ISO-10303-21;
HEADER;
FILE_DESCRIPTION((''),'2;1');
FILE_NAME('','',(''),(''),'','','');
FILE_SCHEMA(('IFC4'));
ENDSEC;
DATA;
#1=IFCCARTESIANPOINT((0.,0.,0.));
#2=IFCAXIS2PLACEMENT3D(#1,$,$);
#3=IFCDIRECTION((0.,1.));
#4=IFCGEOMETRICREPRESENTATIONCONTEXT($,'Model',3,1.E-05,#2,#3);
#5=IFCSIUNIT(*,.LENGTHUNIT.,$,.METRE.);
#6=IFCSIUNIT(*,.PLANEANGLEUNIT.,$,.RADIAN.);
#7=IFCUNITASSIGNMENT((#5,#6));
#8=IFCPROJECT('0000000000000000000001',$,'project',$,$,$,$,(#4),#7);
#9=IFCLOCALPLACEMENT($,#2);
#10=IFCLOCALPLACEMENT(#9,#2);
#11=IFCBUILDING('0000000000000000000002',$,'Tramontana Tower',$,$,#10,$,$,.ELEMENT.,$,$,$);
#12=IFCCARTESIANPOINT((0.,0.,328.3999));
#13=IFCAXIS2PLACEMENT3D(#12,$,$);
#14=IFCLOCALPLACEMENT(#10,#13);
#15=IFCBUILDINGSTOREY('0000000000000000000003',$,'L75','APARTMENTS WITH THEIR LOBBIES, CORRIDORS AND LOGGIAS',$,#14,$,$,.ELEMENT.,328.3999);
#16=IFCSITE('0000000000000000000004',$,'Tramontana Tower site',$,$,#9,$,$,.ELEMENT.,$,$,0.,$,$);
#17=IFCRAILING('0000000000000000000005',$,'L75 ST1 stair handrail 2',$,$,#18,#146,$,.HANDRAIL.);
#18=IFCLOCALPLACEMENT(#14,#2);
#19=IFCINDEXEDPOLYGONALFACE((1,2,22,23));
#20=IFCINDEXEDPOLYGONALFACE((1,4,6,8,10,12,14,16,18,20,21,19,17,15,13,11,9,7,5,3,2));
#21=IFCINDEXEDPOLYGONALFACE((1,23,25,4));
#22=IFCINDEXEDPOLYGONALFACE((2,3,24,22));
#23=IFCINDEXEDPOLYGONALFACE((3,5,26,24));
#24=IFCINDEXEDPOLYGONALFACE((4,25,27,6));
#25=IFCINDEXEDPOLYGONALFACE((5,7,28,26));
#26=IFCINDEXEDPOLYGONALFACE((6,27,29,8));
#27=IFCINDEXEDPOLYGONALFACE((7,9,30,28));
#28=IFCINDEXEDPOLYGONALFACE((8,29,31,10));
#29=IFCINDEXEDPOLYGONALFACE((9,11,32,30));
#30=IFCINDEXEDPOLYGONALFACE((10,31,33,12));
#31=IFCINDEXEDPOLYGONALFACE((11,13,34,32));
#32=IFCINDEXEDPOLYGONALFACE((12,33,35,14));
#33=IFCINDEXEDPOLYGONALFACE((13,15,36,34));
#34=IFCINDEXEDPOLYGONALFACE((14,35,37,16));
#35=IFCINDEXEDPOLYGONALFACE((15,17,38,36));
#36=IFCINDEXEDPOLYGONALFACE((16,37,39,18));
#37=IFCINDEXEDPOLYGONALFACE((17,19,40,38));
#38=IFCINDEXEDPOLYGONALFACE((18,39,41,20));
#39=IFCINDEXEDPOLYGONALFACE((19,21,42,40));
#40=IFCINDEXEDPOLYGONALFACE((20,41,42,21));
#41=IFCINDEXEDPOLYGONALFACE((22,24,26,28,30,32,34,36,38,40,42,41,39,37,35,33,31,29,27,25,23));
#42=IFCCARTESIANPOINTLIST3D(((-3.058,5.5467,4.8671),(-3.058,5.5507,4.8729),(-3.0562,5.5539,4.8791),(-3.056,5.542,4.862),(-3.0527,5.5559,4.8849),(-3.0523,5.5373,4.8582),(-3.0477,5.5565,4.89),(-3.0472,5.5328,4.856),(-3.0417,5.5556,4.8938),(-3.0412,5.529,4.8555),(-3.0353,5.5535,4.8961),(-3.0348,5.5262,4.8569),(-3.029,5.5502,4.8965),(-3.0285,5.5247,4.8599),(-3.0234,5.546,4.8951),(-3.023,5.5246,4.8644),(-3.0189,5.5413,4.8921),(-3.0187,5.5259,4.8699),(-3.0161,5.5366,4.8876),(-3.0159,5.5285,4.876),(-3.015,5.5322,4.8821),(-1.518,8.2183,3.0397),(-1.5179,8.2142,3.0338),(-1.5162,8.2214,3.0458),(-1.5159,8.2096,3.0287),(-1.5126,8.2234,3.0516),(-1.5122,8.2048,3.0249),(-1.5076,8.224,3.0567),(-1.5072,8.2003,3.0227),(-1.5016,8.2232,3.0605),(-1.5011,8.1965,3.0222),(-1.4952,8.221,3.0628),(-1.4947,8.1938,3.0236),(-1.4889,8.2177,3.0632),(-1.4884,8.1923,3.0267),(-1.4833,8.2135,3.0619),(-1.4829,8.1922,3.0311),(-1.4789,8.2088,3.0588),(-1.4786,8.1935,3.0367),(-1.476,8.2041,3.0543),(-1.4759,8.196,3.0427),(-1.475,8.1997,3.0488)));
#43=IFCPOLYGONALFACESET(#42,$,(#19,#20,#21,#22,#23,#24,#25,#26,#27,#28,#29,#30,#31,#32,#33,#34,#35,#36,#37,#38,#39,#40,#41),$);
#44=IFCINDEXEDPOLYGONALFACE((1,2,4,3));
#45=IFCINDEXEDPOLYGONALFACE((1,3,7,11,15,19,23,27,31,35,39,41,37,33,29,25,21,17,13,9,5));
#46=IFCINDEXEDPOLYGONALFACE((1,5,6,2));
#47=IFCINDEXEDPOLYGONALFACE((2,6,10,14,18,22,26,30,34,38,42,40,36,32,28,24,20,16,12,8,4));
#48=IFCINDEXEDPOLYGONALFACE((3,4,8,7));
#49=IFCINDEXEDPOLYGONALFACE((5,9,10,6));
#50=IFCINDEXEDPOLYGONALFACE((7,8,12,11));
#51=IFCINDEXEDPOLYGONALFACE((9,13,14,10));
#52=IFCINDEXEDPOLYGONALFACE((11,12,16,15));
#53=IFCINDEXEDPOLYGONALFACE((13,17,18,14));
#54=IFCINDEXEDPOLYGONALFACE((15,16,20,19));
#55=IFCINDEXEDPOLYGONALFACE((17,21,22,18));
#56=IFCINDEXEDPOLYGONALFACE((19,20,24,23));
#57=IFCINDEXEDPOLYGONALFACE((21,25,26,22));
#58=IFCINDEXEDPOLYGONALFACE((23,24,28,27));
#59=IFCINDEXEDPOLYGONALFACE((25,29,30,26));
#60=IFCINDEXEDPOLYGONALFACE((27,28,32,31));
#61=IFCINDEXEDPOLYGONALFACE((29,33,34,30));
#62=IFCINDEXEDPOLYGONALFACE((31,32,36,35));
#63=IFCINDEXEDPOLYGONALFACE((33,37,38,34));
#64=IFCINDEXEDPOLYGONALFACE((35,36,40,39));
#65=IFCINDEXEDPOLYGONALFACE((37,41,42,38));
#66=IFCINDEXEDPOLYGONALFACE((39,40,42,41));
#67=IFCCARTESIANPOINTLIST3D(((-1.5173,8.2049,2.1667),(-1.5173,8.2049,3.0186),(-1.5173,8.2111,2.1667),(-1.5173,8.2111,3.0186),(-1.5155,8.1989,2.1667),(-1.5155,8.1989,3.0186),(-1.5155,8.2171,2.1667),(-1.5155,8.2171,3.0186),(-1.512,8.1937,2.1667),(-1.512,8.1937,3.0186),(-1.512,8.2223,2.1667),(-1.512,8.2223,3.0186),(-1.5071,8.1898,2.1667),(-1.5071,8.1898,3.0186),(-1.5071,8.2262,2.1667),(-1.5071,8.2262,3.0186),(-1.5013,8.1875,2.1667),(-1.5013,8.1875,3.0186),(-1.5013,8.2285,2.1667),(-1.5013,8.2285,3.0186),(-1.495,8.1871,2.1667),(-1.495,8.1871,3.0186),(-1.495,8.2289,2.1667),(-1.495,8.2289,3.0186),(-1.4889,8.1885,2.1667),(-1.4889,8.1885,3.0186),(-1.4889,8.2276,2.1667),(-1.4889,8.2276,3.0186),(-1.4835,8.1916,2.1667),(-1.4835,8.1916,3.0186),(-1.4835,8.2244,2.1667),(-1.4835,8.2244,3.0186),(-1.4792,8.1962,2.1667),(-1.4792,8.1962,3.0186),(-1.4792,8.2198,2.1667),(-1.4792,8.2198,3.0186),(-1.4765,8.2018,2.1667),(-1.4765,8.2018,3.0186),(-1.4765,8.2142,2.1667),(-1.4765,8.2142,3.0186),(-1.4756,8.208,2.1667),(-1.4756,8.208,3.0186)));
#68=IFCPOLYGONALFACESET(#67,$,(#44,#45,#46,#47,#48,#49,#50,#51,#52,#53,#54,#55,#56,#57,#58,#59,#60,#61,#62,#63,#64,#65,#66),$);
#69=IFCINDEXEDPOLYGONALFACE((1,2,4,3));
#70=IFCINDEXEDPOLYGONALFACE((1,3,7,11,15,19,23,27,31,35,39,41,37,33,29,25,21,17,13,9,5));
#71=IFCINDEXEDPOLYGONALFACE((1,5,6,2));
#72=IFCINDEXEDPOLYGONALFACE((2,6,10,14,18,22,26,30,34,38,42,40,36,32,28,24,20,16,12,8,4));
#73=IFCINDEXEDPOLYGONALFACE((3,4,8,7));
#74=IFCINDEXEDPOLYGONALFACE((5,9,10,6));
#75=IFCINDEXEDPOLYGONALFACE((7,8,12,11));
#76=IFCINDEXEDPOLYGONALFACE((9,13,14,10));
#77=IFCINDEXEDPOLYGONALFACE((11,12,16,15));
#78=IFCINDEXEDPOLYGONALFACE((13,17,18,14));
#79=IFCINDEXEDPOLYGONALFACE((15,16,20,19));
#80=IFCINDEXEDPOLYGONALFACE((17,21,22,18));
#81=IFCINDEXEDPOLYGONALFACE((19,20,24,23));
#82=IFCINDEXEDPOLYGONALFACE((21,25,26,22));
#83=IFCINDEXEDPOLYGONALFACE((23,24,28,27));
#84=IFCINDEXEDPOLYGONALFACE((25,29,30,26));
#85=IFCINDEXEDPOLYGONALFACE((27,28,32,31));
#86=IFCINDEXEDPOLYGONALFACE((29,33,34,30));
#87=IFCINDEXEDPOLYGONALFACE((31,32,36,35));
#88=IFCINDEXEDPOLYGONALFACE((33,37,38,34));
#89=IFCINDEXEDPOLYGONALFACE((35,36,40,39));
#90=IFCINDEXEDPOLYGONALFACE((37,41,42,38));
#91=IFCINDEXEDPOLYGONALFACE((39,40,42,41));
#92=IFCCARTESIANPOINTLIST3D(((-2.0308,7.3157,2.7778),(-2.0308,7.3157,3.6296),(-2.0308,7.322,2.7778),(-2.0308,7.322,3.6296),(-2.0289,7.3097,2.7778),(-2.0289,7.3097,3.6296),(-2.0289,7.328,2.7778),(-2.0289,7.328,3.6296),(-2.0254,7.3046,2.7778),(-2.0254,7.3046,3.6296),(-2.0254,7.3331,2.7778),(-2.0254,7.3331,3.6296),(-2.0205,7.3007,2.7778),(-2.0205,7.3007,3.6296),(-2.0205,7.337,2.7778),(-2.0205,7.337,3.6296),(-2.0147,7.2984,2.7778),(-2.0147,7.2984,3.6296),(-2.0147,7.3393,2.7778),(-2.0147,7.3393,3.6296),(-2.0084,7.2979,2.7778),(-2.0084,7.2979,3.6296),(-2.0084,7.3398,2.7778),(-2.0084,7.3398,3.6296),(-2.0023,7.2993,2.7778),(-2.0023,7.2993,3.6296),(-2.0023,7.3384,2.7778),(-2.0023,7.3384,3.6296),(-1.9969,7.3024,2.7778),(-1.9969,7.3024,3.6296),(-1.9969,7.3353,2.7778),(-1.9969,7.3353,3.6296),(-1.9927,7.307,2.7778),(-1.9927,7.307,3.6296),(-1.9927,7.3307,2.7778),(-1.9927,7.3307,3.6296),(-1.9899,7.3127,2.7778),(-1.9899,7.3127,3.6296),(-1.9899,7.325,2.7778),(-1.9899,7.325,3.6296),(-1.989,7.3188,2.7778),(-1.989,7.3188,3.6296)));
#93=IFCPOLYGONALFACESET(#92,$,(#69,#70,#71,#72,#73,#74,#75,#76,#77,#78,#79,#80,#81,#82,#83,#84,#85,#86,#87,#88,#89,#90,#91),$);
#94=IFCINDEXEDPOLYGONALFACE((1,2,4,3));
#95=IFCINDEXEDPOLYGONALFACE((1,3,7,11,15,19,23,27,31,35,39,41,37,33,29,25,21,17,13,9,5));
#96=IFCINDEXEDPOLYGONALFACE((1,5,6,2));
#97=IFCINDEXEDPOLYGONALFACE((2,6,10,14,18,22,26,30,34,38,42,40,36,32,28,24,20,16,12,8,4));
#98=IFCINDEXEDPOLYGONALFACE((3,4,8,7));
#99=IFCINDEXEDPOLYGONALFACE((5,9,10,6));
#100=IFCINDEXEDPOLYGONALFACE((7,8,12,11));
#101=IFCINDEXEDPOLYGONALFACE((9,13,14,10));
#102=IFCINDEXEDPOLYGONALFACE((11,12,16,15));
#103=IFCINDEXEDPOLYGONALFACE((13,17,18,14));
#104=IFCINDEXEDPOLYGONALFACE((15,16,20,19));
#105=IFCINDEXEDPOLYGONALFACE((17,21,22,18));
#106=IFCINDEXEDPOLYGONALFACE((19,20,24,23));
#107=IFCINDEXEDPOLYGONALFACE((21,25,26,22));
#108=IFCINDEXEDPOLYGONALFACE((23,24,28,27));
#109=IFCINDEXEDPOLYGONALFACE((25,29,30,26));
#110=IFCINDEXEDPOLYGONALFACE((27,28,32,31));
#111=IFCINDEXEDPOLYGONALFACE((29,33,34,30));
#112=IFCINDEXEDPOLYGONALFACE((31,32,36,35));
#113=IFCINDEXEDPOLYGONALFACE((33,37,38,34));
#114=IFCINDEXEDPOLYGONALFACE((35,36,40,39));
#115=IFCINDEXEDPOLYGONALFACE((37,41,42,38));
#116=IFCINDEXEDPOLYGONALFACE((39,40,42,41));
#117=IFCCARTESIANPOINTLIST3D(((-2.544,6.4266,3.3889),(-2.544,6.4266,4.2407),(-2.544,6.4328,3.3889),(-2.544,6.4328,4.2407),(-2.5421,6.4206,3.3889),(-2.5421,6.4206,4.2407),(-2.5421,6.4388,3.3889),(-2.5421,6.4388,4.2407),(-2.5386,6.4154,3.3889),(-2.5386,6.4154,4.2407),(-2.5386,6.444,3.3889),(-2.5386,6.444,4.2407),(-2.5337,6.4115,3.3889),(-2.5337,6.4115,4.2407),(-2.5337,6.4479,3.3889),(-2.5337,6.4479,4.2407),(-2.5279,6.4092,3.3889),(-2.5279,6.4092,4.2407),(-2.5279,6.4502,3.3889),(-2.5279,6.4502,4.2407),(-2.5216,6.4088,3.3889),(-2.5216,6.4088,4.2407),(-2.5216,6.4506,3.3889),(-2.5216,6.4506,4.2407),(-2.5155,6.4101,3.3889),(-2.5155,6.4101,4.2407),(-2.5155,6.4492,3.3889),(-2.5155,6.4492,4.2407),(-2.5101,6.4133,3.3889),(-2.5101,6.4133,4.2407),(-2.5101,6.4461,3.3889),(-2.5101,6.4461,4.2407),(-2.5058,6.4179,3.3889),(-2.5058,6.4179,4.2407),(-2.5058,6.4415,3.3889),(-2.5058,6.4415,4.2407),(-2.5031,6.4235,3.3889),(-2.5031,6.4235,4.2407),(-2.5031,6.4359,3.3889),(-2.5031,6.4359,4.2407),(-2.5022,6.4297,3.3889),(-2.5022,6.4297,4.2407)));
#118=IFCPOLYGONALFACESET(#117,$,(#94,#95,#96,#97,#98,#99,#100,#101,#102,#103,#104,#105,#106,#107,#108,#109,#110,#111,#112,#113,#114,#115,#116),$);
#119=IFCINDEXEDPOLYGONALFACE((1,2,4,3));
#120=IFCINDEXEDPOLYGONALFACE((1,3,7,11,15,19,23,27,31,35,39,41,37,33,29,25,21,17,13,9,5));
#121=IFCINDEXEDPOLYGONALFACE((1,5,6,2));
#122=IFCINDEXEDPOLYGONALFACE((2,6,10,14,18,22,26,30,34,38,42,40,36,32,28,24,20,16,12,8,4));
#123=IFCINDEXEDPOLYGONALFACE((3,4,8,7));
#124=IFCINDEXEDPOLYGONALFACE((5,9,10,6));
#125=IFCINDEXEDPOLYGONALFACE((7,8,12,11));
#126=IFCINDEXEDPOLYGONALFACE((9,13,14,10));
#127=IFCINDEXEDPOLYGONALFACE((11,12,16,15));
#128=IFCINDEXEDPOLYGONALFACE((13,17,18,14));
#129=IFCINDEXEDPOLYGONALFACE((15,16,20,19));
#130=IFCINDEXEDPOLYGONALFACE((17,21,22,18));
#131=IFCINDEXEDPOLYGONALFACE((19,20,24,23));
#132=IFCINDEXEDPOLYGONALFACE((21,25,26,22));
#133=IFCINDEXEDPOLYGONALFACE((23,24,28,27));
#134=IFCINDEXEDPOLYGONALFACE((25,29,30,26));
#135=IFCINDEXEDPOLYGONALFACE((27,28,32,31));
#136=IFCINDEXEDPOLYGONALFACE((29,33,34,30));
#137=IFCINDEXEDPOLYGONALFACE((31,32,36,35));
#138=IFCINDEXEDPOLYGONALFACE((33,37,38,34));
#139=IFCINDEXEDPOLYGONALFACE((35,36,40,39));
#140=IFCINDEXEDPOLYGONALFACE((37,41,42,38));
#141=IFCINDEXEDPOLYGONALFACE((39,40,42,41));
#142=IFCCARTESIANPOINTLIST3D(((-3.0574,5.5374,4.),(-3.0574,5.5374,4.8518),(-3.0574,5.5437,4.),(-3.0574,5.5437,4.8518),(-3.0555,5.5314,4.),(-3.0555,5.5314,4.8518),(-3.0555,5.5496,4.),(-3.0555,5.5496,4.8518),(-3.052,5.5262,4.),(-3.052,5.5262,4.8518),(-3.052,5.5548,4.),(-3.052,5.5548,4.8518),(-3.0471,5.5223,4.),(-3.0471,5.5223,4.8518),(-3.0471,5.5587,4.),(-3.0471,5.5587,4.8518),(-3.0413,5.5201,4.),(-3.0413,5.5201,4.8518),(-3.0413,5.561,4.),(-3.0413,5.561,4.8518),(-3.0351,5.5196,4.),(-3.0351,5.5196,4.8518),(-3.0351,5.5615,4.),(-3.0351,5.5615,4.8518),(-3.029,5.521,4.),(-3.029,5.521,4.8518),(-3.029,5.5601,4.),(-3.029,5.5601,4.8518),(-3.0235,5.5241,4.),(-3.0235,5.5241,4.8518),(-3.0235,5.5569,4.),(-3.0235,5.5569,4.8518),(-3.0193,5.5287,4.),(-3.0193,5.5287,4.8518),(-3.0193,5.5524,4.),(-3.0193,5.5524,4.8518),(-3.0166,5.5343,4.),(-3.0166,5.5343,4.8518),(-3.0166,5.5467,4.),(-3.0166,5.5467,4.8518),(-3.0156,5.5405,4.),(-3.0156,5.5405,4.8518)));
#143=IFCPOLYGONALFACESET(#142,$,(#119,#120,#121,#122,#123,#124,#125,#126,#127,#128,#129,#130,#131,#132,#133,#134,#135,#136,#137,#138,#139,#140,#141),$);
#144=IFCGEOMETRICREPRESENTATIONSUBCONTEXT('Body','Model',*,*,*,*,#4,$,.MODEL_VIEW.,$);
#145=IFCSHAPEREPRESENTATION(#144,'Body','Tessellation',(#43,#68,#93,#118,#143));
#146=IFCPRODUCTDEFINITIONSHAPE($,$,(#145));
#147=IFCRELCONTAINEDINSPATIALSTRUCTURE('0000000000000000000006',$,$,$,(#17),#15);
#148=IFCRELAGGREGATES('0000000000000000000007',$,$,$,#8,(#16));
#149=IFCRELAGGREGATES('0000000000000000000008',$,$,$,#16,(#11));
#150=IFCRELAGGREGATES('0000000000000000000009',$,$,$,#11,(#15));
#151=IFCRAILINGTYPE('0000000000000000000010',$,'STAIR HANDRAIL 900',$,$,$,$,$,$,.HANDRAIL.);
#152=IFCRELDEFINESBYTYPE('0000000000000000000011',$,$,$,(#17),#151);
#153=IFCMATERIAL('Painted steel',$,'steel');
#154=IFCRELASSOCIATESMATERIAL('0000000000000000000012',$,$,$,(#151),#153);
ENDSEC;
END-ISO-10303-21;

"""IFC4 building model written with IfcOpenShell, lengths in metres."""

from ifc_helpers import new_model, si_unit, direction, frame, origin, origin_2d, place, context, subcontext, project, spatial, circle, extrude, material, type_object, element, save


model = new_model("IFC4")

# Units and contexts
model_context = context("Model", 3, precision=1e-05, world=origin(), true_north=direction((0.0, 1.0)))
body_context = subcontext(model_context, "Body", "Model", "MODEL_VIEW")
ifc_project = project(units=[si_unit("LENGTHUNIT", "METRE"), si_unit("PLANEANGLEUNIT", "RADIAN")], contexts=[model_context])

# Site, building, storey
site_placement = place(None, origin())
site = spatial("IfcSite", under=ifc_project, at=site_placement, Name="Tramontana Tower site", CompositionType="ELEMENT", RefElevation=0.0)
building_placement = place(site_placement, origin())
building = spatial("IfcBuilding", under=site, at=building_placement, Name="Tramontana Tower", CompositionType="ELEMENT")
storey_placement = place(building_placement, frame((0.0, 0.0, 328.3999)))
storey = spatial("IfcBuildingStorey", under=building, at=storey_placement, Name="L75", Description="APARTMENTS WITH THEIR LOBBIES, CORRIDORS AND LOGGIAS", CompositionType="ELEMENT", Elevation=328.3999)

# Railing
ifc_material_1 = material(Name="Painted steel", Category="steel")
railing_type_1 = type_object("IfcRailingType", Name="STAIR HANDRAIL 900", PredefinedType="HANDRAIL", material=ifc_material_1)
railing_1_placement = place(storey_placement, frame((-1.4966, 8.208, 2.1667)))
element("IfcRailing", 1, at=railing_1_placement, inside=storey, type_object=railing_type_1, Name="L75 ST1 stair handrail 2", PredefinedType="HANDRAIL", context=body_context, shape_type="SweptSolid", body=[
    extrude(circle(Radius=0.0239, at=origin_2d()), frame((0.0, 0.0, 0.876), z_axis=(-0.429649, -0.74419, 0.511452), x_axis=(0.86603, -0.499992, 0.0)), (0.0, 0.0, 1.0), 3.5845),
    extrude(circle(Radius=0.021, at=origin_2d()), origin(), (0.0, 0.0, 1.0), 0.8518),
    extrude(circle(Radius=0.021, at=origin_2d()), frame((-0.5134, -0.8892, 0.6111)), (0.0, 0.0, 1.0), 0.8518),
    extrude(circle(Radius=0.021, at=origin_2d()), frame((-1.0266, -1.7783, 1.2222)), (0.0, 0.0, 1.0), 0.8518),
    extrude(circle(Radius=0.021, at=origin_2d()), frame((-1.54, -2.6675, 1.8333)), (0.0, 0.0, 1.0), 0.8518),
])

save(model, "model.ifc")
